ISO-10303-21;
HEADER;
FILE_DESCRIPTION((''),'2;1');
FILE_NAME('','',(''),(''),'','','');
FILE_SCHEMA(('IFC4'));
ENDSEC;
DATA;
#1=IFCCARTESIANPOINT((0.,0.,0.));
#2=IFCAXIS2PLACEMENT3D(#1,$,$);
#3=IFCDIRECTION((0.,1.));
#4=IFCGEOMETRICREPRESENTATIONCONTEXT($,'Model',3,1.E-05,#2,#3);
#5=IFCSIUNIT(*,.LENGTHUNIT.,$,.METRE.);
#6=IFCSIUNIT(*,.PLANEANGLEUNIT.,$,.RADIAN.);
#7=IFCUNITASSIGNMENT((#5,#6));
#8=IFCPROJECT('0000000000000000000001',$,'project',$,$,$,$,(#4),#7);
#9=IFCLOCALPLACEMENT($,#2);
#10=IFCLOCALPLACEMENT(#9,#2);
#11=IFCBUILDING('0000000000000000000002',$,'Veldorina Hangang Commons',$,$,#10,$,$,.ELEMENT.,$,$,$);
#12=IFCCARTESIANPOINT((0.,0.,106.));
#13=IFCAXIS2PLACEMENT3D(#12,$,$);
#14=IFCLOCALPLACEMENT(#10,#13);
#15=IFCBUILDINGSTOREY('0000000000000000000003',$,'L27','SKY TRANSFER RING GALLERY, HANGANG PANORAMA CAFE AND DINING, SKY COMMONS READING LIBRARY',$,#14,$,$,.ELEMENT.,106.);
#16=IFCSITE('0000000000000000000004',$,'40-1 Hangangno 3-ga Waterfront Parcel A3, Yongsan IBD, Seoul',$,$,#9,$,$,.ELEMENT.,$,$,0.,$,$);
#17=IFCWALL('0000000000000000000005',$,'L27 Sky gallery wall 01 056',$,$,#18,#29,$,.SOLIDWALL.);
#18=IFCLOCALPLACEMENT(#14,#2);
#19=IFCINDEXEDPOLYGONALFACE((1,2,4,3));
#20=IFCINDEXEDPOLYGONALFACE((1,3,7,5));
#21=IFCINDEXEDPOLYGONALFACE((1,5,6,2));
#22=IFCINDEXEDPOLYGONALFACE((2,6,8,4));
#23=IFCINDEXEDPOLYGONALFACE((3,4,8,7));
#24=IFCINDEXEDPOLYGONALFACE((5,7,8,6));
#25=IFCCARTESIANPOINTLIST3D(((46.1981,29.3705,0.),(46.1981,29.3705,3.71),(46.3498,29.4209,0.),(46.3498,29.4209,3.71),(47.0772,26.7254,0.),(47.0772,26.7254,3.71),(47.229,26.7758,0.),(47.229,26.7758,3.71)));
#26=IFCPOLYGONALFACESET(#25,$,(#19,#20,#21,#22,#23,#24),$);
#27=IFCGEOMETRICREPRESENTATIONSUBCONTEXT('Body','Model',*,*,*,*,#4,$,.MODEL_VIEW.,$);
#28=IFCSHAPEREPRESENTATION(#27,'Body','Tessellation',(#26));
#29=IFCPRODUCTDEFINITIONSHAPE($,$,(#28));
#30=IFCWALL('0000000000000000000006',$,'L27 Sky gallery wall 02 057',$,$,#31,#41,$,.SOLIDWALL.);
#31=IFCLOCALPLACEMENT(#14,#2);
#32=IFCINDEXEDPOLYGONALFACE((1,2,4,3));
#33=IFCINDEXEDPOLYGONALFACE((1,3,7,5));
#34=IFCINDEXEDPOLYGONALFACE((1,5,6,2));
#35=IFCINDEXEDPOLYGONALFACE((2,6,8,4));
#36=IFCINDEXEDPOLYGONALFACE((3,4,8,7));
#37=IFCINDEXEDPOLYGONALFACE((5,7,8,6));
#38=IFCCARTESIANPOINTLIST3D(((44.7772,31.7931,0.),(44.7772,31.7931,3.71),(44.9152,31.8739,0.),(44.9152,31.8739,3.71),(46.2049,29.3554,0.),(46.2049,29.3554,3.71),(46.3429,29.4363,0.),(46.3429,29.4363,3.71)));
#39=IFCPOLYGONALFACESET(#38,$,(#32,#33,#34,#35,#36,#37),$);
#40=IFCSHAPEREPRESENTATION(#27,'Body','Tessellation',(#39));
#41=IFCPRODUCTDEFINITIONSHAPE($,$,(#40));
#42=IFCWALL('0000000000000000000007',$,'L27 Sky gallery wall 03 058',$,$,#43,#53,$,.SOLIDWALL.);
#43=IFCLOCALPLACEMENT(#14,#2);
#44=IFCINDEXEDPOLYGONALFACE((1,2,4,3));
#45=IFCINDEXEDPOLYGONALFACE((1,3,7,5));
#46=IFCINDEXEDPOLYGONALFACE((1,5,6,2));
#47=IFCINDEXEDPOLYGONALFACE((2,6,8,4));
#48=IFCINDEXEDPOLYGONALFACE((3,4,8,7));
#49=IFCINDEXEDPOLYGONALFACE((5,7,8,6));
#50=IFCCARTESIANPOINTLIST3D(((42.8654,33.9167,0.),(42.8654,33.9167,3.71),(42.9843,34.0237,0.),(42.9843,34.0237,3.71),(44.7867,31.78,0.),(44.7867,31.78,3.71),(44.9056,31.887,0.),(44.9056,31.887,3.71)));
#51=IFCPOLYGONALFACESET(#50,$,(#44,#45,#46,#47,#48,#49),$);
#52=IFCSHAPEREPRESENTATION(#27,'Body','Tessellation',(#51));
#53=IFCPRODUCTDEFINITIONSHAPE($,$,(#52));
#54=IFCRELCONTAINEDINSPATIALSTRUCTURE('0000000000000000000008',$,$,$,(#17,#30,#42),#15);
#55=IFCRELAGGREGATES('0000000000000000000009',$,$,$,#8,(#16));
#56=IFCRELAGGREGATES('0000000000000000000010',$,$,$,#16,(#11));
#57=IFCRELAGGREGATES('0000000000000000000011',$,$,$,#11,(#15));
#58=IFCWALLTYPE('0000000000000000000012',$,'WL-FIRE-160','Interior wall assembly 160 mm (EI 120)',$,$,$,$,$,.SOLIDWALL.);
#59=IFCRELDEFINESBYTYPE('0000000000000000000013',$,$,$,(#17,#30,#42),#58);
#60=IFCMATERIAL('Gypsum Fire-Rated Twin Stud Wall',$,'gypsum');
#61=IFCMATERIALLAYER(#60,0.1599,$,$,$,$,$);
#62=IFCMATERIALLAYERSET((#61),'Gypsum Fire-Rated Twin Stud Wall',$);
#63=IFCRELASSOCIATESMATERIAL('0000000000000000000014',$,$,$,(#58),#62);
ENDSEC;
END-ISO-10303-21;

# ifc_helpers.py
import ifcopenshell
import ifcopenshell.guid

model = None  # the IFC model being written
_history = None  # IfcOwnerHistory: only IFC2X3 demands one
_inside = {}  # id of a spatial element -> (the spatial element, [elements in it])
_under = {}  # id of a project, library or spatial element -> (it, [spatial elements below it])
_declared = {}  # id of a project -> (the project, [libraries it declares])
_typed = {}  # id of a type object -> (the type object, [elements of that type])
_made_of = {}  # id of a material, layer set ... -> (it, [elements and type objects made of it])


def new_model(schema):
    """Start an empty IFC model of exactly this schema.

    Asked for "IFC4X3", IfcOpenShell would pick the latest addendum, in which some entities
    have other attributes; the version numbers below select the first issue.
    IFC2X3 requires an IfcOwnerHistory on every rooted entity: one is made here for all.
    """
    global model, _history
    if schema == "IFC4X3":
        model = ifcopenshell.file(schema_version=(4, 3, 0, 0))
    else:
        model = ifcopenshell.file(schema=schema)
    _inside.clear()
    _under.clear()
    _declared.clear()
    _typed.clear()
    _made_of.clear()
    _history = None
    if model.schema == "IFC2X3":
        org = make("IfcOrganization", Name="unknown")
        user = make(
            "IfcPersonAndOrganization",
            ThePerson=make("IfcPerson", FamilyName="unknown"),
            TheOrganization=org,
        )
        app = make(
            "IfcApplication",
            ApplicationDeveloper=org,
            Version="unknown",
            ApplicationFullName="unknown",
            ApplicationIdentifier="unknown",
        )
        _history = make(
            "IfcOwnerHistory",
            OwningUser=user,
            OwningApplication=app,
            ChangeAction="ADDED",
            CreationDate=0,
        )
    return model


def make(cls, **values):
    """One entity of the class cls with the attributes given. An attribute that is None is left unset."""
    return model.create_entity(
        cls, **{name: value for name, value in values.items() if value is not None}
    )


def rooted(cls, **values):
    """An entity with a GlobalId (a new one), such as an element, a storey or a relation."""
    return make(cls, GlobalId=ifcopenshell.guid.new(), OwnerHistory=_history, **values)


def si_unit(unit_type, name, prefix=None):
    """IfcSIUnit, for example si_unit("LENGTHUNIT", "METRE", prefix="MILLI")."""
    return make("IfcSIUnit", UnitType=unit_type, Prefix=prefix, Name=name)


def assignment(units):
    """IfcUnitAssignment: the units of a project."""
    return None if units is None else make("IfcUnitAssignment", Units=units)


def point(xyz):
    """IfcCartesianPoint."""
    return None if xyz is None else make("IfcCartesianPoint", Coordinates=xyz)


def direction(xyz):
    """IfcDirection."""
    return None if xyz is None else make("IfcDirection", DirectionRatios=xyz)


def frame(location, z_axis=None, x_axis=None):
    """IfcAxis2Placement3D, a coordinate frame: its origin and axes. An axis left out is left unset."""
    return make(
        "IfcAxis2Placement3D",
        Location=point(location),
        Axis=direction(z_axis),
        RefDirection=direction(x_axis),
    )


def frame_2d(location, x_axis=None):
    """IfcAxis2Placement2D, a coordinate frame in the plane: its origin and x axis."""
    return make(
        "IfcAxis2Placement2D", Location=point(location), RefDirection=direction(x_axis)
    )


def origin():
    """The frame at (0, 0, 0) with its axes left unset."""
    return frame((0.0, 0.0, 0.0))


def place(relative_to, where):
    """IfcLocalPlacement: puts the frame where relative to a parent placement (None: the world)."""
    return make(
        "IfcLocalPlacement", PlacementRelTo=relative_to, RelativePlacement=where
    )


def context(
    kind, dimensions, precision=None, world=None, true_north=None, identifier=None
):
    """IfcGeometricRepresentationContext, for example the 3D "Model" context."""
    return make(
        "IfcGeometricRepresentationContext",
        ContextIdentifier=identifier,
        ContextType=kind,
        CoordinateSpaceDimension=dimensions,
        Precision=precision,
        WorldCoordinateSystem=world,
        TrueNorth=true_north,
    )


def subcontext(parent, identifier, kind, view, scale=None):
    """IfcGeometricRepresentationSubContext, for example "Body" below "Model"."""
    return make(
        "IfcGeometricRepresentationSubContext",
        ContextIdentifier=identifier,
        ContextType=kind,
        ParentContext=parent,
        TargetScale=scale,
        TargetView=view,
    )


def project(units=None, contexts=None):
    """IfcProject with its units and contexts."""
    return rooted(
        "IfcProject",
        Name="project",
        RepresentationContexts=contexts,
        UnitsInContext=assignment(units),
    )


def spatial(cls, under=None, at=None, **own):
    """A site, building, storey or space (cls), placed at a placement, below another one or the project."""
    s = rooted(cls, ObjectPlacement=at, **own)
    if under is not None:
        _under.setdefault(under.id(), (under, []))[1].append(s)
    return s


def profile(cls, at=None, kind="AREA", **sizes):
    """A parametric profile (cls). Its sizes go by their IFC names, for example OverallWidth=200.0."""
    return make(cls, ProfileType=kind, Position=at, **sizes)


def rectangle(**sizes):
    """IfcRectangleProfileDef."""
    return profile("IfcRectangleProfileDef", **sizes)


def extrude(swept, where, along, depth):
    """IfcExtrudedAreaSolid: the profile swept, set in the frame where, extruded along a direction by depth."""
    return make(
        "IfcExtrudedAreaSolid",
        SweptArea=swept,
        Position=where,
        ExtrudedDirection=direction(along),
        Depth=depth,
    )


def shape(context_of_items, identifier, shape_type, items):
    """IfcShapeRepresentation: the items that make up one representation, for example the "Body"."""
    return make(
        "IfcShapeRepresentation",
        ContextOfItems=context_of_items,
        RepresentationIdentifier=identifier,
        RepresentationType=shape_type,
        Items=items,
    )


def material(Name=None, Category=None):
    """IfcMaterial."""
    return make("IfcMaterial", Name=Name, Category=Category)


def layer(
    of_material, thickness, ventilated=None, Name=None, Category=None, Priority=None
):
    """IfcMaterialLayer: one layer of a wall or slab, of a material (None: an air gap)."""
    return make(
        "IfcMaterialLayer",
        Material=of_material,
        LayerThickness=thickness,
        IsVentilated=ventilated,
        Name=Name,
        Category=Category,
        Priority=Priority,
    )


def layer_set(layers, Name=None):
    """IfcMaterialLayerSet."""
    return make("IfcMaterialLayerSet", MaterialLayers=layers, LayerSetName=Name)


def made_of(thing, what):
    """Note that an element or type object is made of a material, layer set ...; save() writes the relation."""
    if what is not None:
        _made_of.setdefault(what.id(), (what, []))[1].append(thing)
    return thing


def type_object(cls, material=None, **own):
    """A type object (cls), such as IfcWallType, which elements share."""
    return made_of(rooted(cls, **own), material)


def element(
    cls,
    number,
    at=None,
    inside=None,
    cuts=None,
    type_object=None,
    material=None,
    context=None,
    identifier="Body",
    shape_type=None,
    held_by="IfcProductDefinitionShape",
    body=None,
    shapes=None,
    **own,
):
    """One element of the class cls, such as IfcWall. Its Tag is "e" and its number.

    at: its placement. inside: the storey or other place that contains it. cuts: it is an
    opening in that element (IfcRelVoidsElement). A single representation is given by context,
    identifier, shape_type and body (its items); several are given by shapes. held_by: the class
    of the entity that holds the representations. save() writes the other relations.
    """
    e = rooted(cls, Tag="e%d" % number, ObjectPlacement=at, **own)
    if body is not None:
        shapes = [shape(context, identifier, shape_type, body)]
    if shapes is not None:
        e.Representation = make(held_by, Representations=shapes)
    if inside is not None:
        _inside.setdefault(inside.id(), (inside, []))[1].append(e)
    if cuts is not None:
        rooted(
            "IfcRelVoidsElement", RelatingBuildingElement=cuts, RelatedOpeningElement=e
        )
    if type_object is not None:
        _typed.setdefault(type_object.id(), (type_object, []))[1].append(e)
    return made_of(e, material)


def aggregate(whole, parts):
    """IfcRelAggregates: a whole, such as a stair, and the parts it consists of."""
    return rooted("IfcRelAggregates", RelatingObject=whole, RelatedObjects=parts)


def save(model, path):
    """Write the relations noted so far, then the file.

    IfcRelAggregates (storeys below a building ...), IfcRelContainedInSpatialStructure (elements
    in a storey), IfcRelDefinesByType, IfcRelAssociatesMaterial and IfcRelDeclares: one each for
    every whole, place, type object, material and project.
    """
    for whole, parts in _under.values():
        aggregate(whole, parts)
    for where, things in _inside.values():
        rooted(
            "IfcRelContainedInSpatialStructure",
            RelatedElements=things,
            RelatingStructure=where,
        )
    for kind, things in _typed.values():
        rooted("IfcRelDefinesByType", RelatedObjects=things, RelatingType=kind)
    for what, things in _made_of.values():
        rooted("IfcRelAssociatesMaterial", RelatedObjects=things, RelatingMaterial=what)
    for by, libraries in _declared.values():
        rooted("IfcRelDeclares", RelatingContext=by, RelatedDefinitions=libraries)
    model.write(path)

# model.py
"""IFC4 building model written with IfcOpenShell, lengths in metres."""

from ifc_helpers import new_model, si_unit, direction, frame, frame_2d, origin, place, context, subcontext, project, spatial, rectangle, extrude, material, layer, layer_set, type_object, element, save


model = new_model("IFC4")

# Units and contexts
model_context = context("Model", 3, precision=1e-05, world=origin(), true_north=direction((0.0, 1.0)))
body_context = subcontext(model_context, "Body", "Model", "MODEL_VIEW")
ifc_project = project(units=[si_unit("LENGTHUNIT", "METRE"), si_unit("PLANEANGLEUNIT", "RADIAN")], contexts=[model_context])

# Site, building, storey
site_placement = place(None, origin())
site = spatial("IfcSite", under=ifc_project, at=site_placement, Name="40-1 Hangangno 3-ga Waterfront Parcel A3, Yongsan IBD, Seoul", CompositionType="ELEMENT", RefElevation=0.0)
building_placement = place(site_placement, origin())
building = spatial("IfcBuilding", under=site, at=building_placement, Name="Veldorina Hangang Commons", CompositionType="ELEMENT")
storey_placement = place(building_placement, frame((0.0, 0.0, 106.0)))
storey = spatial("IfcBuildingStorey", under=building, at=storey_placement, Name="L27", Description="SKY TRANSFER RING GALLERY, HANGANG PANORAMA CAFE AND DINING, SKY COMMONS READING LIBRARY", CompositionType="ELEMENT", Elevation=106.0)

# Walls
ifc_material_1 = material(Name="Gypsum Fire-Rated Twin Stud Wall", Category="gypsum")
ifc_layer_1 = layer(ifc_material_1, 0.1599)
ifc_layer_set_1 = layer_set([ifc_layer_1], Name="Gypsum Fire-Rated Twin Stud Wall")
wall_type_1 = type_object("IfcWallType", Name="WL-FIRE-160", Description="Interior wall assembly 160 mm (EI 120)", PredefinedType="SOLIDWALL", material=ifc_layer_set_1)
wall_1_placement = place(storey_placement, frame((47.1531, 26.7507, 0.0), z_axis=(0.0, 0.0, 1.0), x_axis=(-0.315413, 0.948954, 0.0)))
element("IfcWall", 1, at=wall_1_placement, inside=storey, type_object=wall_type_1, Name="L27 Sky gallery wall 01 056", PredefinedType="SOLIDWALL", context=body_context, shape_type="SweptSolid", body=[
    extrude(rectangle(XDim=2.7874, YDim=0.1599, at=frame_2d((1.3936, 0.0))), origin(), (0.0, 0.0, 1.0), 3.71),
])
wall_2_placement = place(storey_placement, frame((46.2739, 29.3958, 0.0), z_axis=(0.0, 0.0, 1.0), x_axis=(-0.50538, 0.862897, 0.0)))
element("IfcWall", 2, at=wall_2_placement, inside=storey, type_object=wall_type_1, Name="L27 Sky gallery wall 02 057", PredefinedType="SOLIDWALL", context=body_context, shape_type="SweptSolid", body=[
    extrude(rectangle(XDim=2.825, YDim=0.1599, at=frame_2d((1.4126, 0.0))), origin(), (0.0, 0.0, 1.0), 3.71),
])
wall_3_placement = place(storey_placement, frame((44.8462, 31.8335, 0.0), z_axis=(0.0, 0.0, 1.0), x_axis=(-0.668645, 0.743581, 0.0)))
element("IfcWall", 3, at=wall_3_placement, inside=storey, type_object=wall_type_1, Name="L27 Sky gallery wall 03 058", PredefinedType="SOLIDWALL", context=body_context, shape_type="SweptSolid", body=[
    extrude(rectangle(XDim=2.8735, YDim=0.1599, at=frame_2d((1.4368, 0.0))), origin(), (0.0, 0.0, 1.0), 3.71),
])

save(model, "model.ifc")
